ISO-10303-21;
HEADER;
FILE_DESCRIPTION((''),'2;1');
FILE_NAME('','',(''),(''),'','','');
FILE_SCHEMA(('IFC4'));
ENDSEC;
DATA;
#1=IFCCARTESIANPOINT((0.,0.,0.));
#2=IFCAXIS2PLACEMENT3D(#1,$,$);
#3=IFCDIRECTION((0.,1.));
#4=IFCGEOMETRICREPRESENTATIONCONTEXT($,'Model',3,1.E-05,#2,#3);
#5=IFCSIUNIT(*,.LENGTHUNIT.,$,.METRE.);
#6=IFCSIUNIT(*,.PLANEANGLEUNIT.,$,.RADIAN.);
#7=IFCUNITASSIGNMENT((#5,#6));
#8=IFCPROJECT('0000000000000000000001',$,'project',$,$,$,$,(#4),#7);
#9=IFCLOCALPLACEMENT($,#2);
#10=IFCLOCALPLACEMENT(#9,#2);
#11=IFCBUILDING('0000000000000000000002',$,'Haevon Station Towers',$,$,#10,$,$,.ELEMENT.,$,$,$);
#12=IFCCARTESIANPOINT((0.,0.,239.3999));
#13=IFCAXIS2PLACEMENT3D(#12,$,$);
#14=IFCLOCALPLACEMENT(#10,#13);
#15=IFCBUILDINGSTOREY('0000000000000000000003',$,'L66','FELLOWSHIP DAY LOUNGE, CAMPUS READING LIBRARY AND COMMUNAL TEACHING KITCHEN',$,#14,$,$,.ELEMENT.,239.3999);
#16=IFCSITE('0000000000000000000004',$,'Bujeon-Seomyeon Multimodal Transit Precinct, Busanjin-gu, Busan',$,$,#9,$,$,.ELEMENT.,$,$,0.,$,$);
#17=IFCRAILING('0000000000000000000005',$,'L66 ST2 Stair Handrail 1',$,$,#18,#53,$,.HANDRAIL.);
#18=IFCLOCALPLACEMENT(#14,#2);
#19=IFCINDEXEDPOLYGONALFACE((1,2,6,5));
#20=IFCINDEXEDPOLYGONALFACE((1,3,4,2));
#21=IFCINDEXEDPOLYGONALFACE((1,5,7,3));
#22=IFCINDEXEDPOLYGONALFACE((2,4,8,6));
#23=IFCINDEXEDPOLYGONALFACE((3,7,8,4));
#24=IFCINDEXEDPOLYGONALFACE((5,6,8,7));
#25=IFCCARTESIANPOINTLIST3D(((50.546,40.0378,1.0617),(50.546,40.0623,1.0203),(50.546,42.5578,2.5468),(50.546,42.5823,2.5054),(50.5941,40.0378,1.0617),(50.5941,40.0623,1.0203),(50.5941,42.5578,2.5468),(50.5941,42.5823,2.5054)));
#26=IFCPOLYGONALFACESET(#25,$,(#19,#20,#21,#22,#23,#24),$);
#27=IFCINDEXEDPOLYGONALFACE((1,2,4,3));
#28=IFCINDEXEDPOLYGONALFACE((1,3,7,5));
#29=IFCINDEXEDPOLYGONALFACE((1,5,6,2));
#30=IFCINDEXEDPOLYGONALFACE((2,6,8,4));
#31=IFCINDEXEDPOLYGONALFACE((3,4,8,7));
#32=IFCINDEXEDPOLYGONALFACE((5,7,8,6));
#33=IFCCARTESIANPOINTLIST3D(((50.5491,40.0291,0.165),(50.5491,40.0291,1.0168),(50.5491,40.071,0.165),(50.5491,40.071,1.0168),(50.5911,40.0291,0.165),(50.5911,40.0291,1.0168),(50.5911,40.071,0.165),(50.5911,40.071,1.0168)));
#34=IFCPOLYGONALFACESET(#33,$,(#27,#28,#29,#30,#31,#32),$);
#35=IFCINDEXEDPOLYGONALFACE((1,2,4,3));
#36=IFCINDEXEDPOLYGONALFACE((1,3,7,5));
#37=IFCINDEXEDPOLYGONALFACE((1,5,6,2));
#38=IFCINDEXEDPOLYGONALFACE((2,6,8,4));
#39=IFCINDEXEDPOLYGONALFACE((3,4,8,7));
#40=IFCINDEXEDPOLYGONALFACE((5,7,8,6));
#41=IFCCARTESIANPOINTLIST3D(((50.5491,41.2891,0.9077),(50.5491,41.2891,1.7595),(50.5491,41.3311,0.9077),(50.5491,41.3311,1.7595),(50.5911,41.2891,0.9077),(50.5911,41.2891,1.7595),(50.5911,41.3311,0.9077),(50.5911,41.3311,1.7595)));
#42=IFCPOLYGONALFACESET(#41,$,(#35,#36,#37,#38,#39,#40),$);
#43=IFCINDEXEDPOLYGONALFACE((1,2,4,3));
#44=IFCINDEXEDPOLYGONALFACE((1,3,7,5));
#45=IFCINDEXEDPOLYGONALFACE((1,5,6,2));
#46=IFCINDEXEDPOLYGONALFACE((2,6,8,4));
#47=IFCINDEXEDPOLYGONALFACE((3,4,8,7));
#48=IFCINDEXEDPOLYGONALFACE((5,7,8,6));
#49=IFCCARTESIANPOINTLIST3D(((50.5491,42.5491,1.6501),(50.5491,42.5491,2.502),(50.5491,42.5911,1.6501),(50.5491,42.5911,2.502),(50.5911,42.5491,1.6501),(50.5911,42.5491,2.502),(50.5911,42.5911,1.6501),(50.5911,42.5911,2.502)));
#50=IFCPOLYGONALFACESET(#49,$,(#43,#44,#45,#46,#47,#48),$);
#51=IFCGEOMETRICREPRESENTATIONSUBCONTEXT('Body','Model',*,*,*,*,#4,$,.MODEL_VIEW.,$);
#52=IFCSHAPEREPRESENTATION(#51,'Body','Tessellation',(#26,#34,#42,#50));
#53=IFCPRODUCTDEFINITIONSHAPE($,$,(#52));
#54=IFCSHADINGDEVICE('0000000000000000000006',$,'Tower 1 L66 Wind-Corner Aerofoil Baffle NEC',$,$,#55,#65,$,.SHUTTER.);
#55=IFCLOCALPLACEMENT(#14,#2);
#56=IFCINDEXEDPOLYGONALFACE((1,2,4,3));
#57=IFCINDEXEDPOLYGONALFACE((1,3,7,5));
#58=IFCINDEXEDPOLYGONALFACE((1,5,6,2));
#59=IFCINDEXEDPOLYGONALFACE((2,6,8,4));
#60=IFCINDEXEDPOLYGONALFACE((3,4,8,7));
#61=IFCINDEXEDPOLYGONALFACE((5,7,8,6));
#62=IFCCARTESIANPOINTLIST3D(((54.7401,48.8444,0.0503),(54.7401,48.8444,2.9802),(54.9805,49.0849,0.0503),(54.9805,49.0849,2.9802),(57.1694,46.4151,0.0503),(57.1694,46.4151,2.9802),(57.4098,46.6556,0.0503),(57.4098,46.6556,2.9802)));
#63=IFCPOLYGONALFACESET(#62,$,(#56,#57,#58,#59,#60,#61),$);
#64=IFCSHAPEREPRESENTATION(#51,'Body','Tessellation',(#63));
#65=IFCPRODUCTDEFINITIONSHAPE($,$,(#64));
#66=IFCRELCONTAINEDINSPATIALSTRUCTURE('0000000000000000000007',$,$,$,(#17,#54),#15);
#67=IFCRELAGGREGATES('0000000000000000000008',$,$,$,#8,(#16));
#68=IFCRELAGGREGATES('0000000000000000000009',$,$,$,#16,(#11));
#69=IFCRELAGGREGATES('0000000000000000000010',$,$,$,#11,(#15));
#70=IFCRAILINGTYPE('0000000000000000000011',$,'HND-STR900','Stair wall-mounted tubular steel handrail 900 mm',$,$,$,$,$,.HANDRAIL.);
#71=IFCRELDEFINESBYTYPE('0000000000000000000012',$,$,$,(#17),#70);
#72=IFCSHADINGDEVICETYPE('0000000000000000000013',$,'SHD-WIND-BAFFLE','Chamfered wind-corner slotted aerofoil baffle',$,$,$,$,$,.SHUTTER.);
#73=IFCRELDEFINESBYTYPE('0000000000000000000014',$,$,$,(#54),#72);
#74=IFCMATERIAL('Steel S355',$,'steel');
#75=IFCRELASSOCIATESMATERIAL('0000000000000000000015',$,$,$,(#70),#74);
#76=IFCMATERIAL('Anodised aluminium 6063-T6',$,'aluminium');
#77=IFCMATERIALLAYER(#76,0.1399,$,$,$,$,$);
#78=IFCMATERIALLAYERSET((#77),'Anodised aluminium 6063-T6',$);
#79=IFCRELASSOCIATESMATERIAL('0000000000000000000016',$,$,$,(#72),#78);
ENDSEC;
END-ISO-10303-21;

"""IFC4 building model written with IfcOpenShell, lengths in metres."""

from ifc_helpers import new_model, si_unit, direction, frame, origin, origin_2d, place, context, subcontext, project, spatial, rectangle, extrude, material, layer, layer_set, type_object, element, save


model = new_model("IFC4")

# Units and contexts
model_context = context("Model", 3, precision=1e-05, world=origin(), true_north=direction((0.0, 1.0)))
body_context = subcontext(model_context, "Body", "Model", "MODEL_VIEW")
ifc_project = project(units=[si_unit("LENGTHUNIT", "METRE"), si_unit("PLANEANGLEUNIT", "RADIAN")], contexts=[model_context])

# Site, building, storey
site_placement = place(None, origin())
site = spatial("IfcSite", under=ifc_project, at=site_placement, Name="Bujeon-Seomyeon Multimodal Transit Precinct, Busanjin-gu, Busan", CompositionType="ELEMENT", RefElevation=0.0)
building_placement = place(site_placement, origin())
building = spatial("IfcBuilding", under=site, at=building_placement, Name="Haevon Station Towers", CompositionType="ELEMENT")
storey_placement = place(building_placement, frame((0.0, 0.0, 239.3999)))
storey = spatial("IfcBuildingStorey", under=building, at=storey_placement, Name="L66", Description="FELLOWSHIP DAY LOUNGE, CAMPUS READING LIBRARY AND COMMUNAL TEACHING KITCHEN", CompositionType="ELEMENT", Elevation=239.3999)

# Shared definitions
ifc_material_1 = material(Name="Steel S355", Category="steel")

# Railing
railing_type_1 = type_object("IfcRailingType", Name="HND-STR900", Description="Stair wall-mounted tubular steel handrail 900 mm", PredefinedType="HANDRAIL", material=ifc_material_1)
railing_1_placement = place(storey_placement, frame((50.5701, 40.05, 0.165)))
element("IfcRailing", 1, at=railing_1_placement, inside=storey, type_object=railing_type_1, Name="L66 ST2 Stair Handrail 1", PredefinedType="HANDRAIL", context=body_context, shape_type="SweptSolid", body=[
    extrude(rectangle(XDim=0.0481, YDim=0.0481, at=origin_2d()), frame((0.0, 0.0, 0.876), z_axis=(0.0, 0.861524, 0.507717), x_axis=(-1.0, 0.0, 0.0)), (0.0, 0.0, 1.0), 2.925),
    extrude(rectangle(XDim=0.042, YDim=0.042, at=origin_2d()), origin(), (0.0, 0.0, 1.0), 0.8518),
    extrude(rectangle(XDim=0.042, YDim=0.042, at=origin_2d()), frame((0.0, 1.26, 0.7427)), (0.0, 0.0, 1.0), 0.8518),
    extrude(rectangle(XDim=0.042, YDim=0.042, at=origin_2d()), frame((0.0, 2.52, 1.4851)), (0.0, 0.0, 1.0), 0.8518),
])

# Shading device
ifc_material_2 = material(Name="Anodised aluminium 6063-T6", Category="aluminium")
ifc_layer_1 = layer(ifc_material_2, 0.1399)
ifc_layer_set_1 = layer_set([ifc_layer_1], Name="Anodised aluminium 6063-T6")
shading_device_type = type_object("IfcShadingDeviceType", Name="SHD-WIND-BAFFLE", Description="Chamfered wind-corner slotted aerofoil baffle", PredefinedType="SHUTTER", material=ifc_layer_set_1)
shading_device_placement = place(storey_placement, frame((56.075, 47.75, 0.0503), z_axis=(0.0, 0.0, 1.0), x_axis=(0.707107, -0.707107, 0.0)))
element("IfcShadingDevice", 2, at=shading_device_placement, inside=storey, type_object=shading_device_type, Name="Tower 1 L66 Wind-Corner Aerofoil Baffle NEC", PredefinedType="SHUTTER", context=body_context, shape_type="SweptSolid", body=[
    extrude(rectangle(XDim=3.4355, YDim=0.3401, at=origin_2d()), origin(), (0.0, 0.0, 1.0), 2.9299),
])

save(model, "model.ifc")
